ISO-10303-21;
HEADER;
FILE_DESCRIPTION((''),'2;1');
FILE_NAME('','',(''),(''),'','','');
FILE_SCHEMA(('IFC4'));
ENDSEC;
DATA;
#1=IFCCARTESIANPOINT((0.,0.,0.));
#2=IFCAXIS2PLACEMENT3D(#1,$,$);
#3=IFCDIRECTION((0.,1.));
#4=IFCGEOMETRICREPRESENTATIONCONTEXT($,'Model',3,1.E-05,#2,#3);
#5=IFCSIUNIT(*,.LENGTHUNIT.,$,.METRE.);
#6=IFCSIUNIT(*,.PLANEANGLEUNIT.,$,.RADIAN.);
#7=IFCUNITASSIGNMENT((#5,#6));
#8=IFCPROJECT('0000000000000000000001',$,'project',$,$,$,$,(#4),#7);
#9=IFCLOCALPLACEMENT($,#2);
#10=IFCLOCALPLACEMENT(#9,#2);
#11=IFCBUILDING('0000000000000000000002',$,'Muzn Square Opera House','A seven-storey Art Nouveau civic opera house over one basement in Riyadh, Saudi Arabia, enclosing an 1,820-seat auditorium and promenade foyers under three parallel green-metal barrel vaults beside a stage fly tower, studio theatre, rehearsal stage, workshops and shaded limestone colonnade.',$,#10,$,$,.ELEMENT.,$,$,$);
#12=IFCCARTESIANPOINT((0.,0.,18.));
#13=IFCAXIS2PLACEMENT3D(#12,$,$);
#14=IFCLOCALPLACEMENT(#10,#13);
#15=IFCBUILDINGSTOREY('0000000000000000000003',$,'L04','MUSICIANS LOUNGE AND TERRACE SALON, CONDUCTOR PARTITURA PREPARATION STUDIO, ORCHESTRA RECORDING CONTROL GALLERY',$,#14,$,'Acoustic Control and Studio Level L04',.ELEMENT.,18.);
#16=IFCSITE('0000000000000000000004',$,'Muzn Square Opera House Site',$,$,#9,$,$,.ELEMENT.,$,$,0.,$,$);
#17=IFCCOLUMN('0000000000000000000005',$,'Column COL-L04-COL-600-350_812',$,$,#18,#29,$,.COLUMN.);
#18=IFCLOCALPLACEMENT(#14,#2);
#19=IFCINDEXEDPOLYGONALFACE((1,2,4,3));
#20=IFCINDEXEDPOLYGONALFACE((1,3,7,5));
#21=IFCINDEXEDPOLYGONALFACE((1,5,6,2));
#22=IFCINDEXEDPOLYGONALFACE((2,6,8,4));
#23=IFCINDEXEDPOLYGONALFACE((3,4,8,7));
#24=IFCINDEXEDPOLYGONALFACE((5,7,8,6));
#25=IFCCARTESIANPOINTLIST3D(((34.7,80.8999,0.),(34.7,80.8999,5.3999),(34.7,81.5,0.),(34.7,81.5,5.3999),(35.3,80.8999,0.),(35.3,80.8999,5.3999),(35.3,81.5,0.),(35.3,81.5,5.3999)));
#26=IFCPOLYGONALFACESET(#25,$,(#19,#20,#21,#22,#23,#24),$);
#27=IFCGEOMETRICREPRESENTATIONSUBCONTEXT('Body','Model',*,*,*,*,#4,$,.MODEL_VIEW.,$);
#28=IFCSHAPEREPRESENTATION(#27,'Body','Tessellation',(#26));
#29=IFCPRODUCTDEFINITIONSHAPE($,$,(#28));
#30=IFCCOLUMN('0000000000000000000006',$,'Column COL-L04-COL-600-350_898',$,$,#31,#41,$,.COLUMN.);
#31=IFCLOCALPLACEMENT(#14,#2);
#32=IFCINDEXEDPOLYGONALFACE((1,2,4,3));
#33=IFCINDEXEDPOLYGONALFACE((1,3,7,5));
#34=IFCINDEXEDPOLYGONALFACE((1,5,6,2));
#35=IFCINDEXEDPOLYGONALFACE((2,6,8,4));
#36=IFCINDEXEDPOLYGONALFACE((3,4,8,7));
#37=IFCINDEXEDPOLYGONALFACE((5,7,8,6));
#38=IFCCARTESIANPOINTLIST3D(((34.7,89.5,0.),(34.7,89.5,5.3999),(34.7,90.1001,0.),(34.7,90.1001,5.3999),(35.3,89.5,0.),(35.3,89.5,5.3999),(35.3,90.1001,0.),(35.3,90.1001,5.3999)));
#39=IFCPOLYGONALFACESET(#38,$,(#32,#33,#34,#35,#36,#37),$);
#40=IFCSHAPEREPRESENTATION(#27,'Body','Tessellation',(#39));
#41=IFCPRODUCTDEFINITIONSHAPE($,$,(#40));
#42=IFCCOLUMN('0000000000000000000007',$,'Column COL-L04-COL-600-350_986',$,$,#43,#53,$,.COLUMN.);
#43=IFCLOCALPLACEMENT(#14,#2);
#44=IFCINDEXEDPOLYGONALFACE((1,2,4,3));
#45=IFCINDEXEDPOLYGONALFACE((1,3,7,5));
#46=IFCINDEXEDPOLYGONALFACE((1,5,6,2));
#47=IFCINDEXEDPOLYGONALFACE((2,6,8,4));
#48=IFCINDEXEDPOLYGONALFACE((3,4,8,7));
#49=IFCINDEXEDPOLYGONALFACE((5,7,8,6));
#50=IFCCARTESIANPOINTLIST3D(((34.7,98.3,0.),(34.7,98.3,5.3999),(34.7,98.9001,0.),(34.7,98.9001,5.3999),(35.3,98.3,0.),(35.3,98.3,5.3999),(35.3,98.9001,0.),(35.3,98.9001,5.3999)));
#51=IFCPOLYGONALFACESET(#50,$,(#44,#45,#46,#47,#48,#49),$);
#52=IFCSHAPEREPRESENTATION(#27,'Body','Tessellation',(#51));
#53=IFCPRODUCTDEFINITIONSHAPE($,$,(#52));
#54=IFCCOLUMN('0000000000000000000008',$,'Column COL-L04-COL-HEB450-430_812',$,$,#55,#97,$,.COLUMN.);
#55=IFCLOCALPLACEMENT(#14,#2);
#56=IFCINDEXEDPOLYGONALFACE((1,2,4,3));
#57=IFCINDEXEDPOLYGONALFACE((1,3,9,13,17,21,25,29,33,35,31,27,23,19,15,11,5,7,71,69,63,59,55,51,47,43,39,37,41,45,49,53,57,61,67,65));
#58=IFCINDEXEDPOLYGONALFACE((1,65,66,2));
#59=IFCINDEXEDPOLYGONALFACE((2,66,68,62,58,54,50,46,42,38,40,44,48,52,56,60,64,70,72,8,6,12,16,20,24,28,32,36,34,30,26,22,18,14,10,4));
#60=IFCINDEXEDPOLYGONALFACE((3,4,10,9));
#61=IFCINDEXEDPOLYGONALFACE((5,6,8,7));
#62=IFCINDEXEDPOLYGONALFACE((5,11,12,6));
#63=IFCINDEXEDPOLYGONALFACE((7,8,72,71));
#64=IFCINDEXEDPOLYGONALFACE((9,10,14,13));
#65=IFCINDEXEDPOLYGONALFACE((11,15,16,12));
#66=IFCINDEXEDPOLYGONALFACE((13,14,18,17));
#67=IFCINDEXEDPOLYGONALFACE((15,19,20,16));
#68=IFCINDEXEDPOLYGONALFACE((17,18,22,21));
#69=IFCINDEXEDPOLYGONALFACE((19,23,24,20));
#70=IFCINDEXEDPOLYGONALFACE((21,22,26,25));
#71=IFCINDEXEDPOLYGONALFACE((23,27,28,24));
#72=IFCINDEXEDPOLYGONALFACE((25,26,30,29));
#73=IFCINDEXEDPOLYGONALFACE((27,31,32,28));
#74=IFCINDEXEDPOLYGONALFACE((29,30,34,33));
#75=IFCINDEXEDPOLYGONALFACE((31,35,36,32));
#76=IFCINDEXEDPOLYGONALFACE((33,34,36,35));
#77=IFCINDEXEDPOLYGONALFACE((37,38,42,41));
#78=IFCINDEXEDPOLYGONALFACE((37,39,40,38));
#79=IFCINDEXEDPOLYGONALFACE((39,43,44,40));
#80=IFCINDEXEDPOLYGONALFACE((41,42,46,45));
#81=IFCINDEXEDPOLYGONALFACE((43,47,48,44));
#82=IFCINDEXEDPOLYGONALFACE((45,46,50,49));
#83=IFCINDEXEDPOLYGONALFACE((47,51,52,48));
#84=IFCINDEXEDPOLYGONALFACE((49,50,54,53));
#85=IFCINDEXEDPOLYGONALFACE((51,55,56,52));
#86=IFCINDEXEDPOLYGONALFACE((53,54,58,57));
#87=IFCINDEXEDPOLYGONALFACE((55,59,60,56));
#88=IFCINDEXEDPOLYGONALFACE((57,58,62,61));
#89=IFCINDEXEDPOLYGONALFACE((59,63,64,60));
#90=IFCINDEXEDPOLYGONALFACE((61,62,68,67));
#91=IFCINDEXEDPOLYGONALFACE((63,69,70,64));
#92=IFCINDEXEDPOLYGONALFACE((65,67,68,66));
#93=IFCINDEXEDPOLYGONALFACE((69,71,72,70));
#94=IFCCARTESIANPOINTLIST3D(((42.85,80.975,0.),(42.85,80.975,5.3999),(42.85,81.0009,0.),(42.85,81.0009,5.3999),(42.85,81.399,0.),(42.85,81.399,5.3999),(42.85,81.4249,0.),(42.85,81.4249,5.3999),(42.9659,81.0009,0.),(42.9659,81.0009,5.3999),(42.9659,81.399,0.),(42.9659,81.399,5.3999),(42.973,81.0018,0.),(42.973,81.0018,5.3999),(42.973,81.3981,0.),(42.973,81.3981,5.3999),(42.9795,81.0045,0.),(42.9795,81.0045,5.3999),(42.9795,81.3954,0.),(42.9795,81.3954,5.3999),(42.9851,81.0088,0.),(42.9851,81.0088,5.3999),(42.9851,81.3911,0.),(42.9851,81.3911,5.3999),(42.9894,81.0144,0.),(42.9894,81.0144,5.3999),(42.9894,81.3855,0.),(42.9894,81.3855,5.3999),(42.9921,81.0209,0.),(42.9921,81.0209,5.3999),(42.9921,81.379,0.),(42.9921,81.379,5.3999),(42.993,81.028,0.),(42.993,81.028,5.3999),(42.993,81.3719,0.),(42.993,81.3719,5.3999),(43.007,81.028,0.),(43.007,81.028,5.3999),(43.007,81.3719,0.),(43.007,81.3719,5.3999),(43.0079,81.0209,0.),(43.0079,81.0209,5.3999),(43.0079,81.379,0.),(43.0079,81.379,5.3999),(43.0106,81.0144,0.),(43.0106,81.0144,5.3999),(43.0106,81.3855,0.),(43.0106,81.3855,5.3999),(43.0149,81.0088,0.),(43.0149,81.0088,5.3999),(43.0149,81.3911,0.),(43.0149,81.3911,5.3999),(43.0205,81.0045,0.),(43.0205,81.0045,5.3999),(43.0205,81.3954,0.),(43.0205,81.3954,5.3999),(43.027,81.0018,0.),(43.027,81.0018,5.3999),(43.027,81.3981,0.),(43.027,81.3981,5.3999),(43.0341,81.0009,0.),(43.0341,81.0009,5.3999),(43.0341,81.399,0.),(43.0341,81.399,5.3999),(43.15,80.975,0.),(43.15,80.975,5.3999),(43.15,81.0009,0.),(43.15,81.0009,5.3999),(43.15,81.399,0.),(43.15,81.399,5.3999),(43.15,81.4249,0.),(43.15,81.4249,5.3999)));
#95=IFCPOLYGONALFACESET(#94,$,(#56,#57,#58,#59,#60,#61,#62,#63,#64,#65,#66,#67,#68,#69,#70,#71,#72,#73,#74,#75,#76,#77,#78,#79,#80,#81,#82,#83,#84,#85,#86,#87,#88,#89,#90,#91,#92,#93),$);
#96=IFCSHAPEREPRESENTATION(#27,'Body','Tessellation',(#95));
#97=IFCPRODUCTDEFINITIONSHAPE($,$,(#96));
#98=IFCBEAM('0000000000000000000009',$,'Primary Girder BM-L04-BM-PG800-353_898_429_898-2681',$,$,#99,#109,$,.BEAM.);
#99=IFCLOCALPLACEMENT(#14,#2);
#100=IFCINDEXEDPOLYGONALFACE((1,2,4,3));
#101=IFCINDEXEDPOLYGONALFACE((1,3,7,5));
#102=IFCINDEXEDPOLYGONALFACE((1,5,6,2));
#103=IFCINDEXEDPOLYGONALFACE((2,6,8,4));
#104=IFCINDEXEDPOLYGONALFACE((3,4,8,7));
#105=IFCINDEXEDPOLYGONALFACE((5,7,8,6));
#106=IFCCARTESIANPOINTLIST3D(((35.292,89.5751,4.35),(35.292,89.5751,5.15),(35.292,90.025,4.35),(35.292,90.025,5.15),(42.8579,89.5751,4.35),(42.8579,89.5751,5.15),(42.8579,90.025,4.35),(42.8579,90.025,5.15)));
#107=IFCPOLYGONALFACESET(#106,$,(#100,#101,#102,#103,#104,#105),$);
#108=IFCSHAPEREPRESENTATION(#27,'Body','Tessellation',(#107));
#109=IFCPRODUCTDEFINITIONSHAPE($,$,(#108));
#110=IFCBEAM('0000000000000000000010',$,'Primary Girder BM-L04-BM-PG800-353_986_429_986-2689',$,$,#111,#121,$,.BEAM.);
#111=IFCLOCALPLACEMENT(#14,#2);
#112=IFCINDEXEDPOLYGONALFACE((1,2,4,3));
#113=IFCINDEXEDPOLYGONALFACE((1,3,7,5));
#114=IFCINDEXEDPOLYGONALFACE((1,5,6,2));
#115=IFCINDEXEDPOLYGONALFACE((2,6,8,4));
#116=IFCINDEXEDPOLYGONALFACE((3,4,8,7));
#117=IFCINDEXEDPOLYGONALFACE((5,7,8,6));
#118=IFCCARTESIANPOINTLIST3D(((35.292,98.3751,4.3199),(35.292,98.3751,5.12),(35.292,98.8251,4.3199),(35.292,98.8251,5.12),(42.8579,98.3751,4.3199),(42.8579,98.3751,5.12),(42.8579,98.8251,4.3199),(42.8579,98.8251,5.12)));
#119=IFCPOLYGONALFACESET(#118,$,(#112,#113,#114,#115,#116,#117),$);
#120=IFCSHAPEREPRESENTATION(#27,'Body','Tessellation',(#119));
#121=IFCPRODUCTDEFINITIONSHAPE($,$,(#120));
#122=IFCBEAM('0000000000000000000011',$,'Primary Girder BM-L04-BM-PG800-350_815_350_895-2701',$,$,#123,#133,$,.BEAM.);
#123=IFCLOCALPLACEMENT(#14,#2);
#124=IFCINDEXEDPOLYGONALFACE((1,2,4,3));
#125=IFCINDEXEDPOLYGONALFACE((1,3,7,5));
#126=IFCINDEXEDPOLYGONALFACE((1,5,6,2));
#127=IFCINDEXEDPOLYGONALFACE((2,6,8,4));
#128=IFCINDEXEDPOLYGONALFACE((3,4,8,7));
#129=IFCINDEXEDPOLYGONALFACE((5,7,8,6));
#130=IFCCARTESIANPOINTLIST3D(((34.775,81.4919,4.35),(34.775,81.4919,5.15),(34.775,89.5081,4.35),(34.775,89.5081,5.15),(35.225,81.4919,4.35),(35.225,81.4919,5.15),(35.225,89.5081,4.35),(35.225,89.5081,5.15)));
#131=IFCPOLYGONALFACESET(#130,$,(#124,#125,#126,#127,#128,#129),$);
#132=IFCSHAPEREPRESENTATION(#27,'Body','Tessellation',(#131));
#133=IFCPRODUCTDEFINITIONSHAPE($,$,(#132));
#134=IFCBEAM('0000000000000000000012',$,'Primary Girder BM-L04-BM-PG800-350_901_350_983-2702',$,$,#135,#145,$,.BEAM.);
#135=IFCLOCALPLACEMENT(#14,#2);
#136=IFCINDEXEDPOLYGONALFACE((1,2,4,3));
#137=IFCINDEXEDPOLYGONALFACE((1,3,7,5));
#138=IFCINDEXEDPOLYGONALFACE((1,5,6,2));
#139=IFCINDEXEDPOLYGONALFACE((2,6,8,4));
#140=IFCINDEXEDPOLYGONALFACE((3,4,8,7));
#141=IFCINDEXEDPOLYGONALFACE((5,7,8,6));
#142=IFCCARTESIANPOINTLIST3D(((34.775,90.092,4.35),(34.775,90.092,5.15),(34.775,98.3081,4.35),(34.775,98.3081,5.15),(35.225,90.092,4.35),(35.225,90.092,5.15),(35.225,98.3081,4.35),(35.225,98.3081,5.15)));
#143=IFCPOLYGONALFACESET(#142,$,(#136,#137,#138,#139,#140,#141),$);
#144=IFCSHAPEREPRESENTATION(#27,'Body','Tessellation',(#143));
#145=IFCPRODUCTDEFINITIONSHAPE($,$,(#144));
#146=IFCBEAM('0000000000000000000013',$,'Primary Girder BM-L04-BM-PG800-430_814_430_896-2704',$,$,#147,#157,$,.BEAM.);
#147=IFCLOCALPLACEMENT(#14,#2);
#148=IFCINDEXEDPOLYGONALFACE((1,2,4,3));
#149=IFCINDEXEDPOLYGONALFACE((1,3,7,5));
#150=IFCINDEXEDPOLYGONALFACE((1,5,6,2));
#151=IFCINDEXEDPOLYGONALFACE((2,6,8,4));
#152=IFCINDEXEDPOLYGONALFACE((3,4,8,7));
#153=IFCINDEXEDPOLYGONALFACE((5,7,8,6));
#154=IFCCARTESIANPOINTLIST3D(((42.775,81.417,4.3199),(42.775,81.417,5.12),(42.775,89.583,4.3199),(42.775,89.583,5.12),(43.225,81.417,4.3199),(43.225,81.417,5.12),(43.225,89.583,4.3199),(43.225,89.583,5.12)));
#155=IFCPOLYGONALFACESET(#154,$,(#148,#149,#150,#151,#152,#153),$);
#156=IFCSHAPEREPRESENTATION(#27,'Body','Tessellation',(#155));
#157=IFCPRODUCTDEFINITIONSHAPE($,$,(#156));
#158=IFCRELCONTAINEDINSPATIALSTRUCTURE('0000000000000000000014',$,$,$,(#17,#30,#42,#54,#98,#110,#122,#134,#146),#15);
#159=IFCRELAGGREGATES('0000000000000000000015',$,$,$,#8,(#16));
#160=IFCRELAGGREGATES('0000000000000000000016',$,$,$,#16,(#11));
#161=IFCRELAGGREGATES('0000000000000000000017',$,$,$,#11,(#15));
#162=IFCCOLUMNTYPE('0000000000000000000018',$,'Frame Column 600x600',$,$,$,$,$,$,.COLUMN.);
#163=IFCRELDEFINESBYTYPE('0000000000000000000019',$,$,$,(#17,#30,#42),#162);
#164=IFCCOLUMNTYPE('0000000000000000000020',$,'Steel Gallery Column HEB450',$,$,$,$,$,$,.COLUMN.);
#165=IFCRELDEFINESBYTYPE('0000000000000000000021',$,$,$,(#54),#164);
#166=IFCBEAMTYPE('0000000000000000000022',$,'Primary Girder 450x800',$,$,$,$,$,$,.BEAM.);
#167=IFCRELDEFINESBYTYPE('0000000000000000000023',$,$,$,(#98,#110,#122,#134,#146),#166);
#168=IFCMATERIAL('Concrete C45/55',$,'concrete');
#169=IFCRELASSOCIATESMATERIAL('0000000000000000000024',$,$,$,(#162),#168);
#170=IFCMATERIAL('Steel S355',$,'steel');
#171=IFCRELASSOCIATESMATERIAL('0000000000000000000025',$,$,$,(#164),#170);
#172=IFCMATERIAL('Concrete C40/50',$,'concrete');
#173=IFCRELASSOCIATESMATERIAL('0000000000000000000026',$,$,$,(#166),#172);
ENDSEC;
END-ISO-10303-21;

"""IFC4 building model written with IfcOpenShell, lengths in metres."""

from ifc_helpers import new_model, si_unit, direction, frame, origin, origin_2d, place, context, subcontext, project, spatial, rectangle, i_section, extrude, material, material_profile, profile_set, type_object, element, save


model = new_model("IFC4")

# Units and contexts
model_context = context("Model", 3, precision=1e-05, world=origin(), true_north=direction((0.0, 1.0)))
body_context = subcontext(model_context, "Body", "Model", "MODEL_VIEW")
ifc_project = project(units=[si_unit("LENGTHUNIT", "METRE"), si_unit("PLANEANGLEUNIT", "RADIAN")], contexts=[model_context])

# Site, building, storey
site_placement = place(None, origin())
site = spatial("IfcSite", under=ifc_project, at=site_placement, Name="Muzn Square Opera House Site", CompositionType="ELEMENT", RefElevation=0.0)
building_placement = place(site_placement, origin())
building = spatial("IfcBuilding", under=site, at=building_placement, Name="Muzn Square Opera House", Description="A seven-storey Art Nouveau civic opera house over one basement in Riyadh, Saudi Arabia, enclosing an 1,820-seat auditorium and promenade foyers under three parallel green-metal barrel vaults beside a stage fly tower, studio theatre, rehearsal stage, workshops and shaded limestone colonnade.", CompositionType="ELEMENT")
storey_placement = place(building_placement, frame((0.0, 0.0, 18.0)))
storey = spatial("IfcBuildingStorey", under=building, at=storey_placement, Name="L04", Description="MUSICIANS LOUNGE AND TERRACE SALON, CONDUCTOR PARTITURA PREPARATION STUDIO, ORCHESTRA RECORDING CONTROL GALLERY", LongName="Acoustic Control and Studio Level L04", CompositionType="ELEMENT", Elevation=18.0)

# Columns
ifc_material_1 = material(Name="Concrete C45/55", Category="concrete")
ifc_material_profile_1 = material_profile(ifc_material_1, rectangle(XDim=0.6001, YDim=0.6001, at=origin_2d()), Name="RC 600x600", Category="concrete")
ifc_profile_set_1 = profile_set([ifc_material_profile_1], Name="Concrete C45/55")
column_type_1 = type_object("IfcColumnType", Name="Frame Column 600x600", PredefinedType="COLUMN", material=ifc_profile_set_1)
for number, where, z_axis, x_axis, name in (
    (1, (35.0, 81.2, 0.0), (0.0, 0.0, 1.0), (1.0, 0.0, 0.0), "Column COL-L04-COL-600-350_812"),
    (2, (35.0, 89.8, 0.0), (0.0, 0.0, 1.0), (1.0, 0.0, 0.0), "Column COL-L04-COL-600-350_898"),
    (3, (35.0, 98.6001, 0.0), (0.0, 0.0, 1.0), (1.0, 0.0, 0.0), "Column COL-L04-COL-600-350_986"),
):
    element("IfcColumn", number, at=place(storey_placement, frame(where, z_axis=z_axis, x_axis=x_axis)), inside=storey, type_object=column_type_1, Name=name, PredefinedType="COLUMN", context=body_context, shape_type="SweptSolid", body=[
        extrude(rectangle(XDim=0.6001, YDim=0.6001, at=origin_2d()), origin(), (0.0, 0.0, 1.0), 5.3999),
    ])
ifc_material_2 = material(Name="Steel S355", Category="steel")
ifc_material_profile_2 = material_profile(ifc_material_2, i_section(OverallWidth=0.3, OverallDepth=0.45, WebThickness=0.0139, FlangeThickness=0.0259, FilletRadius=0.0271, at=origin_2d()), Name="HEB 450", Category="steel")
ifc_profile_set_2 = profile_set([ifc_material_profile_2], Name="Steel S355")
column_type_2 = type_object("IfcColumnType", Name="Steel Gallery Column HEB450", PredefinedType="COLUMN", material=ifc_profile_set_2)
column_placement = place(storey_placement, frame((43.0, 81.2, 0.0), z_axis=(0.0, 0.0, 1.0), x_axis=(1.0, 0.0, 0.0)))
element("IfcColumn", 4, at=column_placement, inside=storey, type_object=column_type_2, Name="Column COL-L04-COL-HEB450-430_812", PredefinedType="COLUMN", context=body_context, shape_type="SweptSolid", body=[
    extrude(i_section(OverallWidth=0.3, OverallDepth=0.45, WebThickness=0.0139, FlangeThickness=0.0259, FilletRadius=0.0271, at=origin_2d()), origin(), (0.0, 0.0, 1.0), 5.3999),
])

# Beams
ifc_material_3 = material(Name="Concrete C40/50", Category="concrete")
ifc_material_profile_3 = material_profile(ifc_material_3, rectangle(XDim=0.45, YDim=0.8, at=origin_2d()), Name="RCB 450x800", Category="concrete")
ifc_profile_set_3 = profile_set([ifc_material_profile_3], Name="Concrete C40/50")
beam_type_1 = type_object("IfcBeamType", Name="Primary Girder 450x800", PredefinedType="BEAM", material=ifc_profile_set_3)
for number, where, z_axis, x_axis, name in (
    (5, (35.292, 89.8, 4.75), (1.0, 0.0, 0.0), (0.0, 1.0, 0.0), "Primary Girder BM-L04-BM-PG800-353_898_429_898-2681"),
    (6, (35.292, 98.6001, 4.72), (1.0, 0.0, 0.0), (0.0, 1.0, 0.0), "Primary Girder BM-L04-BM-PG800-353_986_429_986-2689"),
):
    element("IfcBeam", number, at=place(storey_placement, frame(where, z_axis=z_axis, x_axis=x_axis)), inside=storey, type_object=beam_type_1, Name=name, PredefinedType="BEAM", context=body_context, shape_type="SweptSolid", body=[
        extrude(rectangle(XDim=0.45, YDim=0.8, at=origin_2d()), origin(), (0.0, 0.0, 1.0), 7.5659),
    ])
beam_1_placement = place(storey_placement, frame((35.0, 81.4919, 4.75), z_axis=(0.0, 1.0, 0.0), x_axis=(-1.0, 0.0, 0.0)))
element("IfcBeam", 7, at=beam_1_placement, inside=storey, type_object=beam_type_1, Name="Primary Girder BM-L04-BM-PG800-350_815_350_895-2701", PredefinedType="BEAM", context=body_context, shape_type="SweptSolid", body=[
    extrude(rectangle(XDim=0.45, YDim=0.8, at=origin_2d()), origin(), (0.0, 0.0, 1.0), 8.0161),
])
beam_2_placement = place(storey_placement, frame((35.0, 90.092, 4.75), z_axis=(0.0, 1.0, 0.0), x_axis=(-1.0, 0.0, 0.0)))
element("IfcBeam", 8, at=beam_2_placement, inside=storey, type_object=beam_type_1, Name="Primary Girder BM-L04-BM-PG800-350_901_350_983-2702", PredefinedType="BEAM", context=body_context, shape_type="SweptSolid", body=[
    extrude(rectangle(XDim=0.45, YDim=0.8, at=origin_2d()), origin(), (0.0, 0.0, 1.0), 8.2161),
])
beam_3_placement = place(storey_placement, frame((43.0, 81.417, 4.72), z_axis=(0.0, 1.0, 0.0), x_axis=(-1.0, 0.0, 0.0)))
element("IfcBeam", 9, at=beam_3_placement, inside=storey, type_object=beam_type_1, Name="Primary Girder BM-L04-BM-PG800-430_814_430_896-2704", PredefinedType="BEAM", context=body_context, shape_type="SweptSolid", body=[
    extrude(rectangle(XDim=0.45, YDim=0.8, at=origin_2d()), origin(), (0.0, 0.0, 1.0), 8.166),
])

save(model, "model.ifc")
